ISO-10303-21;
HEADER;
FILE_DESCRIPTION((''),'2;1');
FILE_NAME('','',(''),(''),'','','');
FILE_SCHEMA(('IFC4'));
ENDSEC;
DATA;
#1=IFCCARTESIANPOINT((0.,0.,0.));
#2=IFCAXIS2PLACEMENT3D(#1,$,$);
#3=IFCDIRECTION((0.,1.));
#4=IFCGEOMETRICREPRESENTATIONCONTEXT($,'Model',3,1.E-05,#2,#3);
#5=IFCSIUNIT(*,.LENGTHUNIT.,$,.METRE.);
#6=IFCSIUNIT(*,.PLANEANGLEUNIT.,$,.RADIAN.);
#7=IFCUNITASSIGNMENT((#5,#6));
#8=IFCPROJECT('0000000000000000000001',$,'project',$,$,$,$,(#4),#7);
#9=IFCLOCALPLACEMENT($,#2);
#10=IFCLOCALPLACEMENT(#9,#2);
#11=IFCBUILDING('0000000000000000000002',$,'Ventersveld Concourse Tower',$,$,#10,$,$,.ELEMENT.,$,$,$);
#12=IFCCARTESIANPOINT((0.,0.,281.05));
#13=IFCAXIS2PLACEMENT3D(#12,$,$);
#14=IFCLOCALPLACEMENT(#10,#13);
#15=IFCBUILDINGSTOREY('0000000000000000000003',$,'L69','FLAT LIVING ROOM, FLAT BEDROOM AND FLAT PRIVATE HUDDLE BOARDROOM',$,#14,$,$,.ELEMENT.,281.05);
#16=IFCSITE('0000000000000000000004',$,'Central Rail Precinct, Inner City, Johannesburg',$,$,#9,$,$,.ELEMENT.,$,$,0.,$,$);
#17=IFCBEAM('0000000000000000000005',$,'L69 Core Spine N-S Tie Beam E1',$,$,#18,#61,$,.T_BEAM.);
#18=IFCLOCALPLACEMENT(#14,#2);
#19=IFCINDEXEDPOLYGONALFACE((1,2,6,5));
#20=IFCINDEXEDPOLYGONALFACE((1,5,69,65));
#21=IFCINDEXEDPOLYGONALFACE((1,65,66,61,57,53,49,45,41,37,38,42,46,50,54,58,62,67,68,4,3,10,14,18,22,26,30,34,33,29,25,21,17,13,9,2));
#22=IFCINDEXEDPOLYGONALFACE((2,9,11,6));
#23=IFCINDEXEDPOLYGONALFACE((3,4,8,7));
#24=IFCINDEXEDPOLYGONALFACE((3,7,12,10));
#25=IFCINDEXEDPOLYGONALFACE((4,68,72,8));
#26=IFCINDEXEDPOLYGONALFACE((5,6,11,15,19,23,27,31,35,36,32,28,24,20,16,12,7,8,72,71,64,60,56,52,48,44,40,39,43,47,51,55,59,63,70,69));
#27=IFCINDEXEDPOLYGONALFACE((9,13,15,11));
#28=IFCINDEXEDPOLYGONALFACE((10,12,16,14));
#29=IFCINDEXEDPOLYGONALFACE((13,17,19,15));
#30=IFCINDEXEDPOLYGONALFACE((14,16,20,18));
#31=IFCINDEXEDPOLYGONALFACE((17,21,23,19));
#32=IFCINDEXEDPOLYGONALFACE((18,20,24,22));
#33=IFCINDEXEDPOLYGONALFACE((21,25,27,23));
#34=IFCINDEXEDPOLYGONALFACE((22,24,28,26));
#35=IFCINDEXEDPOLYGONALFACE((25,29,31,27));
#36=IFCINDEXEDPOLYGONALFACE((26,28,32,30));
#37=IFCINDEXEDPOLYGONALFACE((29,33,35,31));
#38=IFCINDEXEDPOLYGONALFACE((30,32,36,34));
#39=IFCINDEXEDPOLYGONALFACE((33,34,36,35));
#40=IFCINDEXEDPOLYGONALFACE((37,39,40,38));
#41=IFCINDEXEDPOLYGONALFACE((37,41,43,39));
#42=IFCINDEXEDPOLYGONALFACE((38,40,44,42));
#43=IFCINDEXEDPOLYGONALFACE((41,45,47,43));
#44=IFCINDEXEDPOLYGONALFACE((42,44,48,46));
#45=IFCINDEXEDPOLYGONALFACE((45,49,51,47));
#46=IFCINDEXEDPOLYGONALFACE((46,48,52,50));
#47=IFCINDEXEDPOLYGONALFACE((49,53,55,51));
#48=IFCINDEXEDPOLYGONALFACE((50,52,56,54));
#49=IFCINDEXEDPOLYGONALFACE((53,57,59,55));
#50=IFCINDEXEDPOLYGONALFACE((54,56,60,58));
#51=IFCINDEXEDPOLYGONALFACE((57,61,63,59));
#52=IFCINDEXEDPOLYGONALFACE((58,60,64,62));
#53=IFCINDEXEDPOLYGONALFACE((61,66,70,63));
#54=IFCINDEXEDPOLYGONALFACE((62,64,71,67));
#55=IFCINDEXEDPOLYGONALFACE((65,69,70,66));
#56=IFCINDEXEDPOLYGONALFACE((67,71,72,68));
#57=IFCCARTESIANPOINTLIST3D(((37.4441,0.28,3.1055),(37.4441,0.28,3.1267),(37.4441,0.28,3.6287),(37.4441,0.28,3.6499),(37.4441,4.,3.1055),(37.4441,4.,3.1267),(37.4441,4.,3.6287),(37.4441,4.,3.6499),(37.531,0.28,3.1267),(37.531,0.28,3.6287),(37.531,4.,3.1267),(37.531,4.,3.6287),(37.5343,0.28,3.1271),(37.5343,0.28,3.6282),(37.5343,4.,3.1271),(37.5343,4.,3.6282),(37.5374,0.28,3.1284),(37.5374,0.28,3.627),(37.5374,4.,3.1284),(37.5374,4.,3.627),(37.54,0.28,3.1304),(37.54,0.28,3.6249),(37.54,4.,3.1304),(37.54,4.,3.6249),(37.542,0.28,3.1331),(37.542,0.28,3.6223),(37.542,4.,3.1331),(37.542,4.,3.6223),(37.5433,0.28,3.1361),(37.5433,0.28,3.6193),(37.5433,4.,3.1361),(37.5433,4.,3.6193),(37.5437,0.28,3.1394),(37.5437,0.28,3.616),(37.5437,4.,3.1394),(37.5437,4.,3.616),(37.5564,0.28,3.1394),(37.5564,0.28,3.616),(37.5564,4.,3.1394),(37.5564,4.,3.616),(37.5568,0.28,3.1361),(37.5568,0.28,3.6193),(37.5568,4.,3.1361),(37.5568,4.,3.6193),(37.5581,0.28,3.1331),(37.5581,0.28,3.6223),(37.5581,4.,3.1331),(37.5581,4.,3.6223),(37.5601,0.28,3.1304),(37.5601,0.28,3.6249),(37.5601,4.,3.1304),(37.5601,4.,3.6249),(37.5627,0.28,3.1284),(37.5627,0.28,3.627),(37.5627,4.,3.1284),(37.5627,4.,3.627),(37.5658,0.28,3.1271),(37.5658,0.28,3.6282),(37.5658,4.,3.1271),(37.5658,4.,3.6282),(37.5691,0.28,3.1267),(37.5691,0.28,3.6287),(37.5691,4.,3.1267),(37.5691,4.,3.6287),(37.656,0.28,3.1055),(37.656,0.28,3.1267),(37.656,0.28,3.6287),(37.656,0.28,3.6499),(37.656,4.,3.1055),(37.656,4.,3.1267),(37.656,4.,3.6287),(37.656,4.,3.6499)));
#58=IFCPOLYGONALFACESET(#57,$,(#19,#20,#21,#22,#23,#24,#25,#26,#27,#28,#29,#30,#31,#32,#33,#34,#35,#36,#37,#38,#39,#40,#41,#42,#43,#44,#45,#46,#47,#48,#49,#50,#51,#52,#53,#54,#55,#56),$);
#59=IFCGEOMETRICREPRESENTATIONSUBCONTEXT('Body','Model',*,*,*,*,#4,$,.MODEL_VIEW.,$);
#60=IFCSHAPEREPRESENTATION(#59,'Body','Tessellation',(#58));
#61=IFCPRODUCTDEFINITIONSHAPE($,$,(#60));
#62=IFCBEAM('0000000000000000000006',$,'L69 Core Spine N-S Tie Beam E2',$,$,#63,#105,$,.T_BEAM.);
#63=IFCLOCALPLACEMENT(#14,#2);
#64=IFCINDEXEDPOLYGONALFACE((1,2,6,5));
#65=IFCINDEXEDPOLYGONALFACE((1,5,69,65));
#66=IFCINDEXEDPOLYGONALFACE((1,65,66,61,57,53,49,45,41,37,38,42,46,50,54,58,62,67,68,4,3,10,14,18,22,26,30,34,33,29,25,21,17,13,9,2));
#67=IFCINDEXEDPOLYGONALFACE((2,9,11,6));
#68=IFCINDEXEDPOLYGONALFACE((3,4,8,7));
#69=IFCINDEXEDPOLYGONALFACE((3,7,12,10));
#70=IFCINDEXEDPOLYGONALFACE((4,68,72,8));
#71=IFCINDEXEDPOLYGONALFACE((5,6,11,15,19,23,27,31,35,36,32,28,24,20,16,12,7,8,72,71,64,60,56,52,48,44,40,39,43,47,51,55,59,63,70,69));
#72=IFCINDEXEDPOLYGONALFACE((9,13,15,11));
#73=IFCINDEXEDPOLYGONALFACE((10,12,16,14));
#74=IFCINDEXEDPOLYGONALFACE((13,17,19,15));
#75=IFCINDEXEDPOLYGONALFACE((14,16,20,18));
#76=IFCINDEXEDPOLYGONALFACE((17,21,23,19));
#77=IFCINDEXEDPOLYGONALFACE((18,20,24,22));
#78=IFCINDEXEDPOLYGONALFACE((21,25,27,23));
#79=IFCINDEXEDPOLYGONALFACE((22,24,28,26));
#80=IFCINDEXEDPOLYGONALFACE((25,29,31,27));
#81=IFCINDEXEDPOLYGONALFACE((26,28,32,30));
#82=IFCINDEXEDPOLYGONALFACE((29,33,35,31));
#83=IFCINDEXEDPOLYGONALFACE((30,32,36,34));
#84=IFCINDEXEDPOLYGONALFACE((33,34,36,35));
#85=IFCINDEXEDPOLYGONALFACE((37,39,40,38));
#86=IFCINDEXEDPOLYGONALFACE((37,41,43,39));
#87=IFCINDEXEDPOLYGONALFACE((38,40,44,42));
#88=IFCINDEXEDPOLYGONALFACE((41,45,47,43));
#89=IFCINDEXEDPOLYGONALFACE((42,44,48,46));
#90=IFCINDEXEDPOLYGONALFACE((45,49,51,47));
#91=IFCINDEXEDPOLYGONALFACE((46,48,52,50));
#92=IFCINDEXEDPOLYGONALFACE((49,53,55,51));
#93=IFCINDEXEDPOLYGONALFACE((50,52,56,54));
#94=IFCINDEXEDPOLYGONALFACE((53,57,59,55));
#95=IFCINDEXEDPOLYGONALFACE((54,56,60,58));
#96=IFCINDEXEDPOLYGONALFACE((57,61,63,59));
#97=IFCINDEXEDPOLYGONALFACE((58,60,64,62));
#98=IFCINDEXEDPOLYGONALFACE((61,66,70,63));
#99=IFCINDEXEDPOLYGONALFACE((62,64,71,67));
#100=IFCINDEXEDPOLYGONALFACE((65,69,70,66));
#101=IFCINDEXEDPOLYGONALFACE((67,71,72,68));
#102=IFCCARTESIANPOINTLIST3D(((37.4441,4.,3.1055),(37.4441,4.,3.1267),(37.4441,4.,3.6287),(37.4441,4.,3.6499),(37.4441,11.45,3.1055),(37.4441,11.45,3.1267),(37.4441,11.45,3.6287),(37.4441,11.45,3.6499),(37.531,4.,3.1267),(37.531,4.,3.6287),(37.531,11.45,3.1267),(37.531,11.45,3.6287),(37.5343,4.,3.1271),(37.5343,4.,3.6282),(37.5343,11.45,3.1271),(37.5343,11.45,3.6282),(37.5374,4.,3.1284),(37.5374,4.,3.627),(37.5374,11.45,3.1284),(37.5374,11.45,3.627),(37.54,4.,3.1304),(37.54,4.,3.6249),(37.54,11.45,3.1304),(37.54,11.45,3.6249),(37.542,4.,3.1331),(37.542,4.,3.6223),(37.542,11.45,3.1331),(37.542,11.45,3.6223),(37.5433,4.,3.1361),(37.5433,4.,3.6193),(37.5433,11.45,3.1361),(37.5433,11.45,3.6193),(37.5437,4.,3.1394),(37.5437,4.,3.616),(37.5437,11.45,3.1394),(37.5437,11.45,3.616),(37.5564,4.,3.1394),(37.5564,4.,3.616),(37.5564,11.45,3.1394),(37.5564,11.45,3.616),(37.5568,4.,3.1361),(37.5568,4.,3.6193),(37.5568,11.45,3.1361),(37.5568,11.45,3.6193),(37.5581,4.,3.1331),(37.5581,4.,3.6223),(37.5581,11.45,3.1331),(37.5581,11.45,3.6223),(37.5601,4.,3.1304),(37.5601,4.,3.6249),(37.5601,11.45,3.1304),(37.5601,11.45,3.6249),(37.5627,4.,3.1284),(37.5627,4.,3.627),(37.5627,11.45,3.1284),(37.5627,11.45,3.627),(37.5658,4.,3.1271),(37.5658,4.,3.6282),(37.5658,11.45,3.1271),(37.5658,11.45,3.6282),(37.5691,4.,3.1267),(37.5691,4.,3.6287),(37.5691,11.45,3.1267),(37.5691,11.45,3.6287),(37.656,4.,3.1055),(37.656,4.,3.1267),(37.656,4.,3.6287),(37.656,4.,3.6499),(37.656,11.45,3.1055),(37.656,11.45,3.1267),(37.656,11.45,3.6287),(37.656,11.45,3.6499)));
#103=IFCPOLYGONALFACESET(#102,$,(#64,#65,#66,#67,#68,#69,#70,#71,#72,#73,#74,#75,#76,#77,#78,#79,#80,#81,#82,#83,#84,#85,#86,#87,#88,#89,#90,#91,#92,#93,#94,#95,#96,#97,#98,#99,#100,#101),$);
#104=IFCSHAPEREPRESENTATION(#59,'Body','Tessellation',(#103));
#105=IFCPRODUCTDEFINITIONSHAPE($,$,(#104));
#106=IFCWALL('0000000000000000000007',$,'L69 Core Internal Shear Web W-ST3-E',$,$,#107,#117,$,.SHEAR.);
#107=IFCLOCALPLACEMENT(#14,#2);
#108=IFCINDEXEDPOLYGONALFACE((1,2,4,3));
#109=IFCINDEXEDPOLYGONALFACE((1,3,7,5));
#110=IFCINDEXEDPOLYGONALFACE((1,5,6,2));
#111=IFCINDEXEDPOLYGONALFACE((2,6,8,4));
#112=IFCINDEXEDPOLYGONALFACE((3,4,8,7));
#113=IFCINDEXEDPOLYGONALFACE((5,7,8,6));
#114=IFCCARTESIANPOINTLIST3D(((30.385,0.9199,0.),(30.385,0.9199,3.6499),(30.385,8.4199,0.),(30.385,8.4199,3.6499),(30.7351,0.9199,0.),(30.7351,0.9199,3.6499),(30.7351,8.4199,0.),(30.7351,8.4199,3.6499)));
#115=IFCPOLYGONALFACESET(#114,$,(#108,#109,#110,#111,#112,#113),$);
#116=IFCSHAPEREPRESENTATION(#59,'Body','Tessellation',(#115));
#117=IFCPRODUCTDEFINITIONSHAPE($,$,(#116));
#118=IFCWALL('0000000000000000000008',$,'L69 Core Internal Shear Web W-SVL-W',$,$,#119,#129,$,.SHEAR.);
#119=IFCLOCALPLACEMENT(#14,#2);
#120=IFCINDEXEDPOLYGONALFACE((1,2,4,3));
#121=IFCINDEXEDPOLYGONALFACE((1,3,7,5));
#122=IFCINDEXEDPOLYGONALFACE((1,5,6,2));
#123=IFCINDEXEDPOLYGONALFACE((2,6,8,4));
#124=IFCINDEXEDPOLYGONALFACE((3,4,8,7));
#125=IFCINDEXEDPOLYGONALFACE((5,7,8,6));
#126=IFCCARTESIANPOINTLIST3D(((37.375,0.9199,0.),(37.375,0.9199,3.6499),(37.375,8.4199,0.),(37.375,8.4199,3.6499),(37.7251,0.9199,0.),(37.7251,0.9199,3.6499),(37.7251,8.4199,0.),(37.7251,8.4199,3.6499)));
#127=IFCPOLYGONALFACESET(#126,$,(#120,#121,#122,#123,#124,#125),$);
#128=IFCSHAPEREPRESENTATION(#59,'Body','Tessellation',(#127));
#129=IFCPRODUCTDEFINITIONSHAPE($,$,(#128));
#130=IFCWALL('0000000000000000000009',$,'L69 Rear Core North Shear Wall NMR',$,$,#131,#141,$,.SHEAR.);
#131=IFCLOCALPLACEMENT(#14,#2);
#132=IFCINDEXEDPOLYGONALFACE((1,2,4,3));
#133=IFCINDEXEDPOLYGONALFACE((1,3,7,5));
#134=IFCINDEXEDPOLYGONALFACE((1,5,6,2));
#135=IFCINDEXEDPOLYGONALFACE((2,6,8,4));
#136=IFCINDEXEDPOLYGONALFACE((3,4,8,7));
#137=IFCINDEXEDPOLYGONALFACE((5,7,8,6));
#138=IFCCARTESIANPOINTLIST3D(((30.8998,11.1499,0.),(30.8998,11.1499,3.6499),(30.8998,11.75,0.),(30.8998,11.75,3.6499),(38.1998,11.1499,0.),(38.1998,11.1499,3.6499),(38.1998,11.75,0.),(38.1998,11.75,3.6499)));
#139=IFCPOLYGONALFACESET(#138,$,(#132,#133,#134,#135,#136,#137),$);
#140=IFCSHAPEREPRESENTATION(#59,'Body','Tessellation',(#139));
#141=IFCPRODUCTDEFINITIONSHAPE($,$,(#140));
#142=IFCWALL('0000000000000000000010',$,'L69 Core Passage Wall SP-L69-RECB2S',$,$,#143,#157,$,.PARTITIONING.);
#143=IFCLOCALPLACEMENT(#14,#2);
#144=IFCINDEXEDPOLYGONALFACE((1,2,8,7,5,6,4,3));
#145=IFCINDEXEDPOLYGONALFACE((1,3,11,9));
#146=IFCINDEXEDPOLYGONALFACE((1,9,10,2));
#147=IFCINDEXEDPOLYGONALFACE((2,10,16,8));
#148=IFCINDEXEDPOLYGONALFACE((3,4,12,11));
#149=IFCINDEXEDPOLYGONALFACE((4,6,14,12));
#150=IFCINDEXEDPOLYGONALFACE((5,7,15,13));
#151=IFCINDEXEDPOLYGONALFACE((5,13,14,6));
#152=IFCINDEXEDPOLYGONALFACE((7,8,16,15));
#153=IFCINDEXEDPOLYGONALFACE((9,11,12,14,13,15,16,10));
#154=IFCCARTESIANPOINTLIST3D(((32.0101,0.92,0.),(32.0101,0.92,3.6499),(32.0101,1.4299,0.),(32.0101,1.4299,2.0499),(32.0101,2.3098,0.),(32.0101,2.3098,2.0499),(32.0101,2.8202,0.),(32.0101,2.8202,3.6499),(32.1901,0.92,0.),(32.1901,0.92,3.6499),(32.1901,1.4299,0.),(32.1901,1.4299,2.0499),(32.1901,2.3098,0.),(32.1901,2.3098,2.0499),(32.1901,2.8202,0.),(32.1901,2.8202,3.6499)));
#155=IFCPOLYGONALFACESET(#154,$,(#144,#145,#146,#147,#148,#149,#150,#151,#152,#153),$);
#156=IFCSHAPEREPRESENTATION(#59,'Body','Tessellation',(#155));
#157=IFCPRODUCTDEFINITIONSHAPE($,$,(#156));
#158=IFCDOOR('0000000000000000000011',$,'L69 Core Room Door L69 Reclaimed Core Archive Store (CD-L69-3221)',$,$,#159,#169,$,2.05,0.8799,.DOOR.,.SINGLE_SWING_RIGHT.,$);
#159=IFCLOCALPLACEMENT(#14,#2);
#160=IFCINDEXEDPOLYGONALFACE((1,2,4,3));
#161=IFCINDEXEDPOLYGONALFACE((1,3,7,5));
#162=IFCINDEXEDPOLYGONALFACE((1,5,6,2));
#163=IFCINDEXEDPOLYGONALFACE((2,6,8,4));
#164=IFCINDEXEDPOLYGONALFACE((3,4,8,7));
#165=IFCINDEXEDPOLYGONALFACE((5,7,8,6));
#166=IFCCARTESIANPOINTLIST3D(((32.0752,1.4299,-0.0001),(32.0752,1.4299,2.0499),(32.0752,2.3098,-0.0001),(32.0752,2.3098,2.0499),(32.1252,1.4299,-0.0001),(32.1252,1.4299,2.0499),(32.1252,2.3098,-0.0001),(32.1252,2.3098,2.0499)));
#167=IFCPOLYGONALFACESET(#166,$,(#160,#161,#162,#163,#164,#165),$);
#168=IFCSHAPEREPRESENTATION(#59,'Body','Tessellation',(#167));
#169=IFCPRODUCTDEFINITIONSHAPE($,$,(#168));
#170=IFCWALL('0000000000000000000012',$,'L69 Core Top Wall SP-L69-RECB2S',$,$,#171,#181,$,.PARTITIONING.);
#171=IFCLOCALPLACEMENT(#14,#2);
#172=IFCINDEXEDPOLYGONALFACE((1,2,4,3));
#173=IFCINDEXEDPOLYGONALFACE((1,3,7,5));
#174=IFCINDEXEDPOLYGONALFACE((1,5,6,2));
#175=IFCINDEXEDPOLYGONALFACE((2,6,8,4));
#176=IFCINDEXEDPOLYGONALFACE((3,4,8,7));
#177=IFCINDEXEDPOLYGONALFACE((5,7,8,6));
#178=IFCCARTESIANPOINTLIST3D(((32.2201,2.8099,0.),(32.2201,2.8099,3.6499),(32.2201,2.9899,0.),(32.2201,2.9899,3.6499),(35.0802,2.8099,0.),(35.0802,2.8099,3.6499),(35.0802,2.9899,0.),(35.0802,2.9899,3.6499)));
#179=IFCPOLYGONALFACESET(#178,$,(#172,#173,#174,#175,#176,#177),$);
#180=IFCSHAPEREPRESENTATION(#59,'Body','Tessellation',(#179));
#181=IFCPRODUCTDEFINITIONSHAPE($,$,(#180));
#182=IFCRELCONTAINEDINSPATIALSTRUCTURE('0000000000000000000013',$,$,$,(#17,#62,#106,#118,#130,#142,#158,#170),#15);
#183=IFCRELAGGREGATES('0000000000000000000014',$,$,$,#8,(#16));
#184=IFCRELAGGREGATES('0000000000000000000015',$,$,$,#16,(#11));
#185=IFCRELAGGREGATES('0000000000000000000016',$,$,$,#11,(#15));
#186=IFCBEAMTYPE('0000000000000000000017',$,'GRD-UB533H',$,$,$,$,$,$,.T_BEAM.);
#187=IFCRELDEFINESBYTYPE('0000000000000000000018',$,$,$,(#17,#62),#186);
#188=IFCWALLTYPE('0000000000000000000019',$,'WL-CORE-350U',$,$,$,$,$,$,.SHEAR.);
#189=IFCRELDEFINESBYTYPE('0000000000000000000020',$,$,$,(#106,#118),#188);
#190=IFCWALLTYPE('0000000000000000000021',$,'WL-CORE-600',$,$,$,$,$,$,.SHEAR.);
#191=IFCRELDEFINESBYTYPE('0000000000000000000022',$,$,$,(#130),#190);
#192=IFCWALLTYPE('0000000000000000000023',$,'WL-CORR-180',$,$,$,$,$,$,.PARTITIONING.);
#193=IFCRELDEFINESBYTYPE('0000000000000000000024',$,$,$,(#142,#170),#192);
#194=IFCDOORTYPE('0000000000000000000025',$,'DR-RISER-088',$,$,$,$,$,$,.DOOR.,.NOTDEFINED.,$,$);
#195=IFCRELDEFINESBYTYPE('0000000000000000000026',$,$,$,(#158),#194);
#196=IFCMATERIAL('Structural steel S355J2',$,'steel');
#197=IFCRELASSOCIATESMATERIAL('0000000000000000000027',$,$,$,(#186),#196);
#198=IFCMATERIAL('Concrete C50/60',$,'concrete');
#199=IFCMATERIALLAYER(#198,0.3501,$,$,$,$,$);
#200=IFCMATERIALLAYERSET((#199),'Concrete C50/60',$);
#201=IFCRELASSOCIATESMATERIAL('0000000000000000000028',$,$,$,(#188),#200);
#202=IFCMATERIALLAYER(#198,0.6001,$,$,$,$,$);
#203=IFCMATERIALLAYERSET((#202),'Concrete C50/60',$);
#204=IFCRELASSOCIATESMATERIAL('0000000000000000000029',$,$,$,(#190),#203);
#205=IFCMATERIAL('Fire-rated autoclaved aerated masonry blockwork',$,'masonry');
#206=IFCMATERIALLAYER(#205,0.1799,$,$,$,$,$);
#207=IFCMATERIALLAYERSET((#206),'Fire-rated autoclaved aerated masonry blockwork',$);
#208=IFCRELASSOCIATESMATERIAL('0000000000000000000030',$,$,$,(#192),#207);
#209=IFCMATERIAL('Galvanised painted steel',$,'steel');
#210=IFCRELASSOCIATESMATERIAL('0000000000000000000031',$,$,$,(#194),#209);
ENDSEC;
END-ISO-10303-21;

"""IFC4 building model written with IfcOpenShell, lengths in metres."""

from ifc_helpers import new_model, si_unit, direction, frame, frame_2d, origin, origin_2d, place, context, subcontext, project, spatial, rectangle, i_section, extrude, material, layer, layer_set, material_profile, profile_set, type_object, element, fill, save


model = new_model("IFC4")

# Units and contexts
model_context = context("Model", 3, precision=1e-05, world=origin(), true_north=direction((0.0, 1.0)))
body_context = subcontext(model_context, "Body", "Model", "MODEL_VIEW")
ifc_project = project(units=[si_unit("LENGTHUNIT", "METRE"), si_unit("PLANEANGLEUNIT", "RADIAN")], contexts=[model_context])

# Site, building, storey
site_placement = place(None, origin())
site = spatial("IfcSite", under=ifc_project, at=site_placement, Name="Central Rail Precinct, Inner City, Johannesburg", CompositionType="ELEMENT", RefElevation=0.0)
building_placement = place(site_placement, origin())
building = spatial("IfcBuilding", under=site, at=building_placement, Name="Ventersveld Concourse Tower", CompositionType="ELEMENT")
storey_placement = place(building_placement, frame((0.0, 0.0, 281.05)))
storey = spatial("IfcBuildingStorey", under=building, at=storey_placement, Name="L69", Description="FLAT LIVING ROOM, FLAT BEDROOM AND FLAT PRIVATE HUDDLE BOARDROOM", CompositionType="ELEMENT", Elevation=281.05)

# Shared definitions
ifc_material_1 = material(Name="Concrete C50/60", Category="concrete")

# Beams
ifc_material_2 = material(Name="Structural steel S355J2", Category="steel")
ifc_material_profile_1 = material_profile(ifc_material_2, i_section(OverallWidth=0.2119, OverallDepth=0.5444, WebThickness=0.0127, FlangeThickness=0.0212, FilletRadius=0.0127, at=origin_2d()), Name="UB 533x210x122")
ifc_profile_set_1 = profile_set([ifc_material_profile_1], Name="Structural steel S355J2")
beam_type_1 = type_object("IfcBeamType", Name="GRD-UB533H", PredefinedType="T_BEAM", material=ifc_profile_set_1)
beam_1_placement = place(storey_placement, frame((37.55, 0.28, 3.3777), z_axis=(0.0, 1.0, 0.0), x_axis=(-1.0, 0.0, 0.0)))
element("IfcBeam", 1, at=beam_1_placement, inside=storey, type_object=beam_type_1, Name="L69 Core Spine N-S Tie Beam E1", PredefinedType="T_BEAM", context=body_context, shape_type="SweptSolid", body=[
    extrude(i_section(OverallWidth=0.2119, OverallDepth=0.5444, WebThickness=0.0127, FlangeThickness=0.0212, FilletRadius=0.0127, at=origin_2d()), origin(), (0.0, 0.0, 1.0), 3.72),
])
beam_2_placement = place(storey_placement, frame((37.55, 4.0, 3.3777), z_axis=(0.0, 1.0, 0.0), x_axis=(-1.0, 0.0, 0.0)))
element("IfcBeam", 2, at=beam_2_placement, inside=storey, type_object=beam_type_1, Name="L69 Core Spine N-S Tie Beam E2", PredefinedType="T_BEAM", context=body_context, shape_type="SweptSolid", body=[
    extrude(i_section(OverallWidth=0.2119, OverallDepth=0.5444, WebThickness=0.0127, FlangeThickness=0.0212, FilletRadius=0.0127, at=origin_2d()), origin(), (0.0, 0.0, 1.0), 7.45),
])

# Walls
ifc_layer_1 = layer(ifc_material_1, 0.3501)
ifc_layer_set_1 = layer_set([ifc_layer_1], Name="Concrete C50/60")
wall_type_1 = type_object("IfcWallType", Name="WL-CORE-350U", PredefinedType="SHEAR", material=ifc_layer_set_1)
for number, where, z_axis, x_axis, name in (
    (3, (30.5601, 0.9199, 0.0), (0.0, 0.0, 1.0), (0.0, 1.0, 0.0), "L69 Core Internal Shear Web W-ST3-E"),
    (4, (37.55, 0.9199, 0.0), (0.0, 0.0, 1.0), (0.0, 1.0, 0.0), "L69 Core Internal Shear Web W-SVL-W"),
):
    element("IfcWall", number, at=place(storey_placement, frame(where, z_axis=z_axis, x_axis=x_axis)), inside=storey, type_object=wall_type_1, Name=name, PredefinedType="SHEAR", context=body_context, shape_type="SweptSolid", body=[
        extrude(rectangle(XDim=7.5, YDim=0.3501, at=frame_2d((3.75, 0.0))), origin(), (0.0, 0.0, 1.0), 3.6499),
    ])
ifc_layer_2 = layer(ifc_material_1, 0.6001)
ifc_layer_set_2 = layer_set([ifc_layer_2], Name="Concrete C50/60")
wall_type_2 = type_object("IfcWallType", Name="WL-CORE-600", PredefinedType="SHEAR", material=ifc_layer_set_2)
wall_1_placement = place(storey_placement, frame((30.8999, 11.45, 0.0), z_axis=(0.0, 0.0, 1.0), x_axis=(1.0, 0.0, 0.0)))
element("IfcWall", 5, at=wall_1_placement, inside=storey, type_object=wall_type_2, Name="L69 Rear Core North Shear Wall NMR", PredefinedType="SHEAR", context=body_context, shape_type="SweptSolid", body=[
    extrude(rectangle(XDim=7.3, YDim=0.6001, at=frame_2d((3.6499, 0.0))), origin(), (0.0, 0.0, 1.0), 3.6499),
])

# Wall, opening, door
ifc_material_3 = material(Name="Fire-rated autoclaved aerated masonry blockwork", Category="masonry")
ifc_layer_3 = layer(ifc_material_3, 0.1799)
ifc_layer_set_3 = layer_set([ifc_layer_3], Name="Fire-rated autoclaved aerated masonry blockwork")
wall_type_3 = type_object("IfcWallType", Name="WL-CORR-180", PredefinedType="PARTITIONING", material=ifc_layer_set_3)
wall_2_placement = place(storey_placement, frame((32.1001, 0.9199, 0.0), z_axis=(0.0, 0.0, 1.0), x_axis=(0.0, 1.0, 0.0)))
wall_2 = element("IfcWall", 6, at=wall_2_placement, inside=storey, type_object=wall_type_3, Name="L69 Core Passage Wall SP-L69-RECB2S", PredefinedType="PARTITIONING", context=body_context, shape_type="SweptSolid", body=[
    extrude(rectangle(XDim=1.9001, YDim=0.1799, at=frame_2d((0.9502, 0.0))), origin(), (0.0, 0.0, 1.0), 3.6499),
])
opening_1_placement = place(wall_2_placement, frame((0.51, 0.0, 0.0)))
opening_1 = element("IfcOpeningElement", 7, at=opening_1_placement, cuts=wall_2, PredefinedType="OPENING", context=body_context, shape_type="SweptSolid", body=[
    extrude(rectangle(XDim=0.8799, YDim=2.05, at=frame_2d((0.4399, 1.0249))), frame((0.0, 0.1001, 0.0), z_axis=(0.0, -1.0, 0.0), x_axis=(1.0, 0.0, 0.0)), (0.0, 0.0, 1.0), 0.2),
])
ifc_material_4 = material(Name="Galvanised painted steel", Category="steel")
door_type_1 = type_object("IfcDoorType", Name="DR-RISER-088", OperationType="NOTDEFINED", PredefinedType="DOOR", material=ifc_material_4)
door_1_placement = place(opening_1_placement, origin())
door_1 = element("IfcDoor", 8, at=door_1_placement, inside=storey, type_object=door_type_1, Name="L69 Core Room Door L69 Reclaimed Core Archive Store (CD-L69-3221)", OperationType="SINGLE_SWING_RIGHT", OverallHeight=2.05, OverallWidth=0.8799, PredefinedType="DOOR", context=body_context, shape_type="SweptSolid", body=[
    extrude(rectangle(XDim=0.8799, YDim=2.05, at=frame_2d((0.4399, 1.0249))), frame((0.0, 0.0249, 0.0), z_axis=(0.0, -1.0, 0.0), x_axis=(1.0, 0.0, 0.0)), (0.0, 0.0, 1.0), 0.05),
])
fill(opening_1, door_1)

# Wall
wall_3_placement = place(storey_placement, frame((32.22, 2.8999, 0.0), z_axis=(0.0, 0.0, 1.0), x_axis=(1.0, 0.0, 0.0)))
element("IfcWall", 9, at=wall_3_placement, inside=storey, type_object=wall_type_3, Name="L69 Core Top Wall SP-L69-RECB2S", PredefinedType="PARTITIONING", context=body_context, shape_type="SweptSolid", body=[
    extrude(rectangle(XDim=2.8601, YDim=0.1799, at=frame_2d((1.4302, 0.0))), origin(), (0.0, 0.0, 1.0), 3.6499),
])

save(model, "model.ifc")
